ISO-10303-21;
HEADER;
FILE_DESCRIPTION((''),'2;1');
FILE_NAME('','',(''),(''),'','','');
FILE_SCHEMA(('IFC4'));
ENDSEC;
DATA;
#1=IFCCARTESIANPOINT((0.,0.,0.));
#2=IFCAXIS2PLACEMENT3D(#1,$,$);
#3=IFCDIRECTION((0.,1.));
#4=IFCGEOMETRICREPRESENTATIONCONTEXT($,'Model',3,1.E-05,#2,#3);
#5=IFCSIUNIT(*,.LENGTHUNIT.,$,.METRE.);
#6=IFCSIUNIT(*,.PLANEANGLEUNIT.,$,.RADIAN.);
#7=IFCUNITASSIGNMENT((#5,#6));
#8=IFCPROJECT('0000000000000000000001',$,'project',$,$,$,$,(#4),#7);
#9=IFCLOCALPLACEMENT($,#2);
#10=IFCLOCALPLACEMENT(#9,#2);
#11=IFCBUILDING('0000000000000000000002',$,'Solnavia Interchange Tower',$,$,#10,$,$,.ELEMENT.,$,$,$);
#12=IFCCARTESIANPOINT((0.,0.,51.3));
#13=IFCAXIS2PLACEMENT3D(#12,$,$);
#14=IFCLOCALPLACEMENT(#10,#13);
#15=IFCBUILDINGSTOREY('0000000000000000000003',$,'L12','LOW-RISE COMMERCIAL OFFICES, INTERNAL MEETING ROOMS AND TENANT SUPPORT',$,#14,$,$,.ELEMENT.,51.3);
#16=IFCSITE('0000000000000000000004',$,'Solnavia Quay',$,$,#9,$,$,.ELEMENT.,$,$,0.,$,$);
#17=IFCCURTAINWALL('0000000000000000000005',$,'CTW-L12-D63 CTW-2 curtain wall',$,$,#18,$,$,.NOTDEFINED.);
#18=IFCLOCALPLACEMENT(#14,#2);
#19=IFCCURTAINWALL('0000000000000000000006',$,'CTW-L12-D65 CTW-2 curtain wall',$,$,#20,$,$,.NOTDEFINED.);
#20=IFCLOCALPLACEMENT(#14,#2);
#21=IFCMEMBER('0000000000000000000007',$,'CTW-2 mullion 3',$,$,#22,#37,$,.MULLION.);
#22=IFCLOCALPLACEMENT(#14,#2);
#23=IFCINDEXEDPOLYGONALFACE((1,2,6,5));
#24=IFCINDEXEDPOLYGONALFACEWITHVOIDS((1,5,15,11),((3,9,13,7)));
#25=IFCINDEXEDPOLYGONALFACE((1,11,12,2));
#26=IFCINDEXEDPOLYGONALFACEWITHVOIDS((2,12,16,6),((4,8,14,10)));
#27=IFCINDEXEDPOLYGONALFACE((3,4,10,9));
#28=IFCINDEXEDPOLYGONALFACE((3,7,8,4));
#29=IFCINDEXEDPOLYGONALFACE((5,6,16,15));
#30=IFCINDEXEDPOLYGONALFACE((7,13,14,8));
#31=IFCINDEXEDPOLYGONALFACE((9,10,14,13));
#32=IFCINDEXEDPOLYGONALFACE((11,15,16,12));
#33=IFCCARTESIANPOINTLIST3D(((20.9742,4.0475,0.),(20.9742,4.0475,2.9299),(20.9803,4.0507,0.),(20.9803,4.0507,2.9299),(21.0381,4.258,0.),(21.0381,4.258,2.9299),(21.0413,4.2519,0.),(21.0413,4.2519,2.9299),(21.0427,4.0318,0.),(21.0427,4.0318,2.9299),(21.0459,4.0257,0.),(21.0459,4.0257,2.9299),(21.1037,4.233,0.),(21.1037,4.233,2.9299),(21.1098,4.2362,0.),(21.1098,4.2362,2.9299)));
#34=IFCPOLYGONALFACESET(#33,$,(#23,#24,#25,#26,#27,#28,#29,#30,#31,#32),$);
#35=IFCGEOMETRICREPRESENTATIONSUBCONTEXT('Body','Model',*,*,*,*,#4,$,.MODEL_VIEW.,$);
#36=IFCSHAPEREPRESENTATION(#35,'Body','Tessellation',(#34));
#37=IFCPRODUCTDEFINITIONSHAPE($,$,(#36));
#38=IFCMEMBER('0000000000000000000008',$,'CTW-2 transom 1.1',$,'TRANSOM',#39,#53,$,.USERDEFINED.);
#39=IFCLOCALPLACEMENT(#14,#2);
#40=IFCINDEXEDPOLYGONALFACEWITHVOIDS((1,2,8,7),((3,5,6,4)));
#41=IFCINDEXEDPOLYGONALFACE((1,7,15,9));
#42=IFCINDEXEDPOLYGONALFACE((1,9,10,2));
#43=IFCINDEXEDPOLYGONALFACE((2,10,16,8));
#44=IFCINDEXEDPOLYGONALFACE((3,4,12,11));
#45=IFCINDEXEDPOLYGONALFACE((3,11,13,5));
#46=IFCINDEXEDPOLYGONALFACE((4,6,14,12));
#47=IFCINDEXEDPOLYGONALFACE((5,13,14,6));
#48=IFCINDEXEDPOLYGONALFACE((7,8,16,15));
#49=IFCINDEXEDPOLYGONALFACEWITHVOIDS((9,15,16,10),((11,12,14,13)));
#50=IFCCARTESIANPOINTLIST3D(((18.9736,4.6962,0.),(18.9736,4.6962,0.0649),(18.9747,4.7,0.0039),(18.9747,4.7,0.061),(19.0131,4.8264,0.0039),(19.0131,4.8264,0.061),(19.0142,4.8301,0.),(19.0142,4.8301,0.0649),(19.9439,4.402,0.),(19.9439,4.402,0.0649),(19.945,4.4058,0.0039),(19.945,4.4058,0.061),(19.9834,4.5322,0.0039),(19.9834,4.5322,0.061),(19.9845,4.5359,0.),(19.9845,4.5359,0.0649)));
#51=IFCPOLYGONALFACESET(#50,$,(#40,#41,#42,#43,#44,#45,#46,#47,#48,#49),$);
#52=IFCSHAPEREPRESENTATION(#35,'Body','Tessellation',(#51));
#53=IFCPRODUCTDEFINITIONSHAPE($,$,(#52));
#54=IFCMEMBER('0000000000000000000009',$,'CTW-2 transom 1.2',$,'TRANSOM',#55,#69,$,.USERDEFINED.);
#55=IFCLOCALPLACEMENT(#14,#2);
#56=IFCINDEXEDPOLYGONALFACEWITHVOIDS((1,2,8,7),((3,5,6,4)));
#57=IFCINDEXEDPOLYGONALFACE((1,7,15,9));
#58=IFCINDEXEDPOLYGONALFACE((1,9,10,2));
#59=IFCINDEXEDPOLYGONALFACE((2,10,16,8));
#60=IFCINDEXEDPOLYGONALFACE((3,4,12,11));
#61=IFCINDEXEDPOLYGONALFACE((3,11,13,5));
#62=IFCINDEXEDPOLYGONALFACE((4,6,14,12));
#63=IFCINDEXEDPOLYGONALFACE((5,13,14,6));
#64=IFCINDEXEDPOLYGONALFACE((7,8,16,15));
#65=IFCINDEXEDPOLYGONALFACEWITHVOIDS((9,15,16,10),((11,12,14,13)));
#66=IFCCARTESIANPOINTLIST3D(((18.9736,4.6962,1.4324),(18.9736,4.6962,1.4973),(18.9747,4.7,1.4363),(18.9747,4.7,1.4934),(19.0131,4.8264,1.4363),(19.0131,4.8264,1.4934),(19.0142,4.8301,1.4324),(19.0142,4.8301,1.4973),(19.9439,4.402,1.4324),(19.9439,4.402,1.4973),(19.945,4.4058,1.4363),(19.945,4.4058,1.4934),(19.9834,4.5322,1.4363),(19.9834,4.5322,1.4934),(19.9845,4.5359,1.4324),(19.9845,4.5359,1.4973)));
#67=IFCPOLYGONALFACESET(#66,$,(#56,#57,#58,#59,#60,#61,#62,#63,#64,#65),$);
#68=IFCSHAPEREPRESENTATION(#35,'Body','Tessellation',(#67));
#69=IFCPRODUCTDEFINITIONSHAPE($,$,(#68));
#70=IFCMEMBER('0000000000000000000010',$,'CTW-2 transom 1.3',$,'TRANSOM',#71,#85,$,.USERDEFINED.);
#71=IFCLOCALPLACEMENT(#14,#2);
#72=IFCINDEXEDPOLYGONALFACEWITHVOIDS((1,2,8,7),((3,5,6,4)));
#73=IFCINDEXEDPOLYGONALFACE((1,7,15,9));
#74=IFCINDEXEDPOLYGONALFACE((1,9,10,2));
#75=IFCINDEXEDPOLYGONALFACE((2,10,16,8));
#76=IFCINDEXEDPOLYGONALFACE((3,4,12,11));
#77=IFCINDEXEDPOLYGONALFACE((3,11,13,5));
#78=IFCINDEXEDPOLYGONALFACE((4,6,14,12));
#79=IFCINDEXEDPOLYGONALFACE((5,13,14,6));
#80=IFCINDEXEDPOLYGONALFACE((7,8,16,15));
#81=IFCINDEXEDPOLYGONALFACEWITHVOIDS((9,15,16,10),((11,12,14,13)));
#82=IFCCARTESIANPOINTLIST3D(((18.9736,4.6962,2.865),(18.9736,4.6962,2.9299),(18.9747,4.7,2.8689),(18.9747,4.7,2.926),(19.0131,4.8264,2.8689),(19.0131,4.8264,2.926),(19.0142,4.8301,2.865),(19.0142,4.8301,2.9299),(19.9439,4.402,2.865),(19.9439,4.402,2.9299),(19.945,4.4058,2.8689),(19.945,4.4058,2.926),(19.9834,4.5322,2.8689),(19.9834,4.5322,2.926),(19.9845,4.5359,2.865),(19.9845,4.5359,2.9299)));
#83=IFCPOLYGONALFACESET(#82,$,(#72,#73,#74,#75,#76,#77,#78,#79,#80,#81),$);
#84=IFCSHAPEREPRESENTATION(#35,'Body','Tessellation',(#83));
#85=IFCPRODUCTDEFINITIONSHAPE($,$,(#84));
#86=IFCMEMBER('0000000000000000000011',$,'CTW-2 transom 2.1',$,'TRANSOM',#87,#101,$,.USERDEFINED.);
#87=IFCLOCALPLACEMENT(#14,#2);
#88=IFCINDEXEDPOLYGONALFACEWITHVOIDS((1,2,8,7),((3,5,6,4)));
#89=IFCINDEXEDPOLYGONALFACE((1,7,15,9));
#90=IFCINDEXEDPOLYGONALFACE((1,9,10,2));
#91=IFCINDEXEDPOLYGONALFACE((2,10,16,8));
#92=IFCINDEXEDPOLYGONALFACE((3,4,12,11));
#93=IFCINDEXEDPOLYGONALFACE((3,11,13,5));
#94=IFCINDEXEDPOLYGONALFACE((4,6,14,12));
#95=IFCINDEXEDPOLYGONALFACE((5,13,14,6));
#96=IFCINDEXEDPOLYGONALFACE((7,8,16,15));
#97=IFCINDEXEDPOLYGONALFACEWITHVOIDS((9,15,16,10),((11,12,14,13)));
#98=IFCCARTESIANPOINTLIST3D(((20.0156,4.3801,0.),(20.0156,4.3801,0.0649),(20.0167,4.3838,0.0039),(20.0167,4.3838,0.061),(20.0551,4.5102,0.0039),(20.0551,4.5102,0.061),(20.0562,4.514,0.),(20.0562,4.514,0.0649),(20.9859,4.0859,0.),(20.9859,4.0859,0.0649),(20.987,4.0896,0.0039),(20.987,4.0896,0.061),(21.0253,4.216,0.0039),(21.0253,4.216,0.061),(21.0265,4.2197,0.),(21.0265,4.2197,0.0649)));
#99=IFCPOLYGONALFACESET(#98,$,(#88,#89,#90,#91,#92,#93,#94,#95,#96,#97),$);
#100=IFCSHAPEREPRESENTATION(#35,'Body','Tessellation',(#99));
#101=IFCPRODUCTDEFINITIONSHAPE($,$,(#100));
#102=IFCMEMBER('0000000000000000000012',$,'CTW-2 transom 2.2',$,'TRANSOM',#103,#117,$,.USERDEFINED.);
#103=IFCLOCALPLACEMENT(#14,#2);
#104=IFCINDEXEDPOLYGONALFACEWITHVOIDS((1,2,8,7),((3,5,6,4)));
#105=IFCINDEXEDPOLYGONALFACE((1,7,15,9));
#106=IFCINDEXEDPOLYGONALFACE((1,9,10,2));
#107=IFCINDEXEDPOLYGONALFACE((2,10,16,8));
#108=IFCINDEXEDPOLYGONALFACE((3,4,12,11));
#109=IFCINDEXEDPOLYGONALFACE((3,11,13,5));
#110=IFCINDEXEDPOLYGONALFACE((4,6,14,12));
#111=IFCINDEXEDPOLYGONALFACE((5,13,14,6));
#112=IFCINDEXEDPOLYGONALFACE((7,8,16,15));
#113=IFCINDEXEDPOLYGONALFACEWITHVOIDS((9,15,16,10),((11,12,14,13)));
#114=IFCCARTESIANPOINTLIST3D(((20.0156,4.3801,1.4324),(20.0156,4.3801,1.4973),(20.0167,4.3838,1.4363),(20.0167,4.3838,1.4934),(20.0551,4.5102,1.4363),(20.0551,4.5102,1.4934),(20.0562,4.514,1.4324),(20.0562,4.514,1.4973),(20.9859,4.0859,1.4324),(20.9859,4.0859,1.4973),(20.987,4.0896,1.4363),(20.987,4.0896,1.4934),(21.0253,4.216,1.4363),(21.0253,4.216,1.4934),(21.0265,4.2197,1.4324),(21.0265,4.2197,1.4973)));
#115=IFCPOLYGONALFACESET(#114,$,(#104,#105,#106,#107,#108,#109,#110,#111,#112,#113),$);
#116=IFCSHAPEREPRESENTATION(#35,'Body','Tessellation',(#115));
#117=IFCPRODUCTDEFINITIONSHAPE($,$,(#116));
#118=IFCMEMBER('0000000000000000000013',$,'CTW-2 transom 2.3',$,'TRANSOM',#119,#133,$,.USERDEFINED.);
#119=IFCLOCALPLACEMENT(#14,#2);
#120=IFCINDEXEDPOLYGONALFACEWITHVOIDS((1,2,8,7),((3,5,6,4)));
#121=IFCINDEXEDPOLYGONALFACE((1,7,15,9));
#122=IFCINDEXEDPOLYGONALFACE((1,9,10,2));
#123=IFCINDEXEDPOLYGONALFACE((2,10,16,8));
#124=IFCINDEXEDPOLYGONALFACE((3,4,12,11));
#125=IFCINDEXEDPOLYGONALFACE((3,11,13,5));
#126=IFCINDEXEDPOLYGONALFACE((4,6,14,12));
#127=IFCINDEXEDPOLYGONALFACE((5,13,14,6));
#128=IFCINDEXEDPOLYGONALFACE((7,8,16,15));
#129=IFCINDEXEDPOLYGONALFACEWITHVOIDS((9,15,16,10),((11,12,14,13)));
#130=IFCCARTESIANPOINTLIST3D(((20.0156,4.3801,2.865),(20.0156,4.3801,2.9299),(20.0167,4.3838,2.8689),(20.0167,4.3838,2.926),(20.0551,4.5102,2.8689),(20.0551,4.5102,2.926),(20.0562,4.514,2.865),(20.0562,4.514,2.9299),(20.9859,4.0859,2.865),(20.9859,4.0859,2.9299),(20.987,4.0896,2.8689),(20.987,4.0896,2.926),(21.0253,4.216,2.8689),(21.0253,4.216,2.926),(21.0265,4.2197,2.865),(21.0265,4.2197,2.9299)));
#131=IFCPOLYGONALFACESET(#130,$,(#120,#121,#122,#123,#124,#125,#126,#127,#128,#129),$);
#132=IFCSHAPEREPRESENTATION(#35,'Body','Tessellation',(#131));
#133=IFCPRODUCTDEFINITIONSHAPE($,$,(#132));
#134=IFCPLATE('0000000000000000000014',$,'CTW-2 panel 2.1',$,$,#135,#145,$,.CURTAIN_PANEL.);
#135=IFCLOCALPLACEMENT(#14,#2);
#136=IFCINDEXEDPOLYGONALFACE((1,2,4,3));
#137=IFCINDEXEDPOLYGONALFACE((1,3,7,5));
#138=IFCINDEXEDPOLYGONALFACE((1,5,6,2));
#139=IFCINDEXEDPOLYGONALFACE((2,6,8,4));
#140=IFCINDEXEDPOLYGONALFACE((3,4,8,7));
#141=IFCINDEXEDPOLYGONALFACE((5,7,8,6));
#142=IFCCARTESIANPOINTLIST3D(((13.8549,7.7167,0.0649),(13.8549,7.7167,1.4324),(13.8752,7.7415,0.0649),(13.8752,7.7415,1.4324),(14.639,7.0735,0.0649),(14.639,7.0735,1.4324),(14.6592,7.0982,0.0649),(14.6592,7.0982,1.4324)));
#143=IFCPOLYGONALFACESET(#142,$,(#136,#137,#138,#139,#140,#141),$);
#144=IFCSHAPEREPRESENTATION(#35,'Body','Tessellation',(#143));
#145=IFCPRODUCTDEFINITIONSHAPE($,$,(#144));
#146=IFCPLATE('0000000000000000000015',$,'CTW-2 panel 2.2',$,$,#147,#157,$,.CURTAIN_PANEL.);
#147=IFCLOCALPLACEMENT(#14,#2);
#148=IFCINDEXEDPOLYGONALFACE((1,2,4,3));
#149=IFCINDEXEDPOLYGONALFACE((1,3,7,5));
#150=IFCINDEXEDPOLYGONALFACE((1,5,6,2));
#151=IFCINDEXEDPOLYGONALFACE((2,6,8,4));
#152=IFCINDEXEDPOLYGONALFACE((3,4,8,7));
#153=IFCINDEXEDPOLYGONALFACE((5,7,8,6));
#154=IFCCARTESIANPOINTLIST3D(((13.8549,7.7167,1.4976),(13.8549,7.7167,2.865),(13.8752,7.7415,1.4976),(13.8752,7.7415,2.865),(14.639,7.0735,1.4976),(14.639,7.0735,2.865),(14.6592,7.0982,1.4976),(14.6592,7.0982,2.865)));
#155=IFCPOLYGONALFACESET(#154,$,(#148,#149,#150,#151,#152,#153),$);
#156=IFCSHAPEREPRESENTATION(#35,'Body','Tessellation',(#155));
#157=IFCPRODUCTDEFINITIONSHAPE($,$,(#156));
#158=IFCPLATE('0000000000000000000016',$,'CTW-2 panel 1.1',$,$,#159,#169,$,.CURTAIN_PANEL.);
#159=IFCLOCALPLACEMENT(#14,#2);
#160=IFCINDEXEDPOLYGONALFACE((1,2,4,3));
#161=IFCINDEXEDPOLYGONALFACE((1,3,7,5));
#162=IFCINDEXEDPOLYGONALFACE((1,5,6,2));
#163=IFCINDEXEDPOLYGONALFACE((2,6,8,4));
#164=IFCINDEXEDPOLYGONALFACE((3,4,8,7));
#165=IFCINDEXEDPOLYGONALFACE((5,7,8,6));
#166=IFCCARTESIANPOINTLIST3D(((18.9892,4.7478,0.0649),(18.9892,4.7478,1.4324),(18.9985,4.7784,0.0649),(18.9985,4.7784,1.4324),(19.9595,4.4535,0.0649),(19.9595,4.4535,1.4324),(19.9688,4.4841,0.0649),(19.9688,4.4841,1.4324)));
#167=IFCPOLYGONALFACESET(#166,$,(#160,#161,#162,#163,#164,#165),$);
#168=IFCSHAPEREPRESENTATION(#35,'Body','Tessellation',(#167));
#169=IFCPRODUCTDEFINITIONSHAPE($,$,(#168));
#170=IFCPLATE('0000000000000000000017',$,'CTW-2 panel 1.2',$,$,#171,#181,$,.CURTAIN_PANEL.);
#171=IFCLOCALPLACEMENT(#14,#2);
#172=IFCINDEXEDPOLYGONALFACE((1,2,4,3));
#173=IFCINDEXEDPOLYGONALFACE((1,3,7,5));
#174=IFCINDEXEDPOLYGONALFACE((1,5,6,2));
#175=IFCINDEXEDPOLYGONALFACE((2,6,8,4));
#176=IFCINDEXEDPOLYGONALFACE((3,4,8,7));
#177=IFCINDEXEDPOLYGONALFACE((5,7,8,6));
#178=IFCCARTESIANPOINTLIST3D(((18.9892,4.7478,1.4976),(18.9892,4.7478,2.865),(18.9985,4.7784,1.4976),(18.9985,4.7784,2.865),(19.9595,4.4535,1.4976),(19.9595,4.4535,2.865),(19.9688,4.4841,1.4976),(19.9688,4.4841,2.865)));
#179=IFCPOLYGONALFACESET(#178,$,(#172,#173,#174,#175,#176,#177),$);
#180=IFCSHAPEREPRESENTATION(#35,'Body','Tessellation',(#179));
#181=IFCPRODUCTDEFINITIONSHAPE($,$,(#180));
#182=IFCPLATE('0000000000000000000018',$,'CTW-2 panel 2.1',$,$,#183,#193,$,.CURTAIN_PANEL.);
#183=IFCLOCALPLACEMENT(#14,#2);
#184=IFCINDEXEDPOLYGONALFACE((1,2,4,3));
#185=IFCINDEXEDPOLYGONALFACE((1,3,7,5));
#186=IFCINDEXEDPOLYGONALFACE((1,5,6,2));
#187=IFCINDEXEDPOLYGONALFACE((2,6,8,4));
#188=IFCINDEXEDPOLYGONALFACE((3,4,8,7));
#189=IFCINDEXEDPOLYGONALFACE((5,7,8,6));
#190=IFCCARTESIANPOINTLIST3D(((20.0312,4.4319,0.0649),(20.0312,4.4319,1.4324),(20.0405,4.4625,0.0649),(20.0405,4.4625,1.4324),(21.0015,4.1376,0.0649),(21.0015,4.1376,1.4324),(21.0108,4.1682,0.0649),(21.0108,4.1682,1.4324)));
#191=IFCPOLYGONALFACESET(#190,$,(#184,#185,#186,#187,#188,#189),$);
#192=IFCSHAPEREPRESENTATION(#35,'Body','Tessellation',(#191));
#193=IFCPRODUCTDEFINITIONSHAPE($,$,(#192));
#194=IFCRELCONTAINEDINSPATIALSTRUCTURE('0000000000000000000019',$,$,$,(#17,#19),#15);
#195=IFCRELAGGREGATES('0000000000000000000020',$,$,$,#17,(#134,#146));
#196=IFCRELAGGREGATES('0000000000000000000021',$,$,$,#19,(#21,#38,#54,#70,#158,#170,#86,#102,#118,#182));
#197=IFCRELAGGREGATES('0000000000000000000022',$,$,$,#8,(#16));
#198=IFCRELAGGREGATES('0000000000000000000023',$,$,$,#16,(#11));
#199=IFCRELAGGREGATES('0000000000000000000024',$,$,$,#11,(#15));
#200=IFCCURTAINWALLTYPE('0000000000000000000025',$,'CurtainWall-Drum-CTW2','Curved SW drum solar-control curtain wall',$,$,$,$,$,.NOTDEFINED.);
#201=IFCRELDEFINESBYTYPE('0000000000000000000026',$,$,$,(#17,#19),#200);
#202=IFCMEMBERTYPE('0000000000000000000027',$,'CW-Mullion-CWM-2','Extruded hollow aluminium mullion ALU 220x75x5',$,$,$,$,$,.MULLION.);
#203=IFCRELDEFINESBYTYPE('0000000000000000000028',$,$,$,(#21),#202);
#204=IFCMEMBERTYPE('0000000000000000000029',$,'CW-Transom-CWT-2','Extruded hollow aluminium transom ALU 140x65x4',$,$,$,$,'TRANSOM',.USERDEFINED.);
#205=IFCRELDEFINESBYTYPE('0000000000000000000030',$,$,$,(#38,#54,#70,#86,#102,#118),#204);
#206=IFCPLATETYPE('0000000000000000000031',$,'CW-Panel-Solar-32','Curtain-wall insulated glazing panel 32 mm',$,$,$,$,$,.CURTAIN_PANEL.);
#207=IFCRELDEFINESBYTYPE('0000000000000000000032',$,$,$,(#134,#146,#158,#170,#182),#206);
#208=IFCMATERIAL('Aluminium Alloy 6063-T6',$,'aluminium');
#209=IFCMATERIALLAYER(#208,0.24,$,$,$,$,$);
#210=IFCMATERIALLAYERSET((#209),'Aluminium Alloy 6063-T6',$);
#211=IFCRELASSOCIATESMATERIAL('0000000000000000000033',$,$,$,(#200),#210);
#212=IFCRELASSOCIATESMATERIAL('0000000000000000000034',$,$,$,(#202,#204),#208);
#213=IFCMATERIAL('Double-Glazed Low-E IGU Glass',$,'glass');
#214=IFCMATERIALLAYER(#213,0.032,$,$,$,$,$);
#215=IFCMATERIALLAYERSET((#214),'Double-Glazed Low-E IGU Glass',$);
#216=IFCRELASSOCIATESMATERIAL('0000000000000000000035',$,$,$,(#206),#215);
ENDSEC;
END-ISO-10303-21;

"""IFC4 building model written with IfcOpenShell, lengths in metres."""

from ifc_helpers import new_model, si_unit, direction, frame, origin, origin_2d, place, context, subcontext, project, spatial, rectangle, hollow_rectangle, extrude, material, layer, layer_set, material_profile, profile_set, type_object, element, aggregate, save


model = new_model("IFC4")

# Units and contexts
model_context = context("Model", 3, precision=1e-05, world=origin(), true_north=direction((0.0, 1.0)))
body_context = subcontext(model_context, "Body", "Model", "MODEL_VIEW")
ifc_project = project(units=[si_unit("LENGTHUNIT", "METRE"), si_unit("PLANEANGLEUNIT", "RADIAN")], contexts=[model_context])

# Site, building, storey
site_placement = place(None, origin())
site = spatial("IfcSite", under=ifc_project, at=site_placement, Name="Solnavia Quay", CompositionType="ELEMENT", RefElevation=0.0)
building_placement = place(site_placement, origin())
building = spatial("IfcBuilding", under=site, at=building_placement, Name="Solnavia Interchange Tower", CompositionType="ELEMENT")
storey_placement = place(building_placement, frame((0.0, 0.0, 51.3)))
storey = spatial("IfcBuildingStorey", under=building, at=storey_placement, Name="L12", Description="LOW-RISE COMMERCIAL OFFICES, INTERNAL MEETING ROOMS AND TENANT SUPPORT", CompositionType="ELEMENT", Elevation=51.3)

# Curtain wall
ifc_material_1 = material(Name="Aluminium Alloy 6063-T6", Category="aluminium")
ifc_layer_1 = layer(ifc_material_1, 0.24)
ifc_layer_set_1 = layer_set([ifc_layer_1], Name="Aluminium Alloy 6063-T6")
curtain_wall_type = type_object("IfcCurtainWallType", Name="CurtainWall-Drum-CTW2", Description="Curved SW drum solar-control curtain wall", PredefinedType="NOTDEFINED", material=ifc_layer_set_1)
curtain_wall_1_placement = place(storey_placement, origin())
curtain_wall_1 = element("IfcCurtainWall", 1, at=curtain_wall_1_placement, inside=storey, type_object=curtain_wall_type, Name="CTW-L12-D63 CTW-2 curtain wall", PredefinedType="NOTDEFINED")
ifc_material_profile_1 = material_profile(ifc_material_1, hollow_rectangle(XDim=0.075, YDim=0.22, WallThickness=0.0049, at=origin_2d()), Name="ALU 220x75x5")
ifc_profile_set_1 = profile_set([ifc_material_profile_1], Name="Aluminium Alloy 6063-T6")
member_type_1 = type_object("IfcMemberType", Name="CW-Mullion-CWM-2", Description="Extruded hollow aluminium mullion ALU 220x75x5", PredefinedType="MULLION", material=ifc_profile_set_1)

# Curtain wall, members
curtain_wall_2_placement = place(storey_placement, origin())
curtain_wall_2 = element("IfcCurtainWall", 2, at=curtain_wall_2_placement, inside=storey, type_object=curtain_wall_type, Name="CTW-L12-D65 CTW-2 curtain wall", PredefinedType="NOTDEFINED")
member_1_placement = place(storey_placement, frame((21.042, 4.1418, 0.0), z_axis=(0.0, 0.0, 1.0), x_axis=(0.956935, -0.290303, 0.0)))
member_1 = element("IfcMember", 3, at=member_1_placement, type_object=member_type_1, Name="CTW-2 mullion 3", PredefinedType="MULLION", context=body_context, shape_type="SweptSolid", body=[
    extrude(hollow_rectangle(XDim=0.075, YDim=0.22, WallThickness=0.0049, at=origin_2d()), origin(), (0.0, 0.0, 1.0), 2.9299),
])
ifc_material_profile_2 = material_profile(ifc_material_1, hollow_rectangle(XDim=0.0649, YDim=0.1399, WallThickness=0.0039, at=origin_2d()), Name="ALU 140x65x4")
ifc_profile_set_2 = profile_set([ifc_material_profile_2], Name="Aluminium Alloy 6063-T6")
member_type_2 = type_object("IfcMemberType", Name="CW-Transom-CWT-2", Description="Extruded hollow aluminium transom ALU 140x65x4", ElementType="TRANSOM", PredefinedType="USERDEFINED", material=ifc_profile_set_2)
member_2_placement = place(storey_placement, frame((18.9939, 4.7632, 0.0325), z_axis=(0.956974, -0.290174, 0.0), x_axis=(0.0, 0.0, 1.0)))
member_2 = element("IfcMember", 4, at=member_2_placement, type_object=member_type_2, Name="CTW-2 transom 1.1", ObjectType="TRANSOM", PredefinedType="USERDEFINED", context=body_context, shape_type="SweptSolid", body=[
    extrude(hollow_rectangle(XDim=0.0649, YDim=0.1399, WallThickness=0.0039, at=origin_2d()), origin(), (0.0, 0.0, 1.0), 1.0139),
])
member_3_placement = place(storey_placement, frame((18.9939, 4.7632, 1.4648), z_axis=(0.956974, -0.290174, 0.0), x_axis=(0.0, 0.0, 1.0)))
member_3 = element("IfcMember", 5, at=member_3_placement, type_object=member_type_2, Name="CTW-2 transom 1.2", ObjectType="TRANSOM", PredefinedType="USERDEFINED", context=body_context, shape_type="SweptSolid", body=[
    extrude(hollow_rectangle(XDim=0.0649, YDim=0.1399, WallThickness=0.0039, at=origin_2d()), origin(), (0.0, 0.0, 1.0), 1.0139),
])
member_4_placement = place(storey_placement, frame((18.9939, 4.7632, 2.8975), z_axis=(0.956974, -0.290174, 0.0), x_axis=(0.0, 0.0, 1.0)))
member_4 = element("IfcMember", 6, at=member_4_placement, type_object=member_type_2, Name="CTW-2 transom 1.3", ObjectType="TRANSOM", PredefinedType="USERDEFINED", context=body_context, shape_type="SweptSolid", body=[
    extrude(hollow_rectangle(XDim=0.0649, YDim=0.1399, WallThickness=0.0039, at=origin_2d()), origin(), (0.0, 0.0, 1.0), 1.0139),
])
member_5_placement = place(storey_placement, frame((20.0359, 4.447, 0.0325), z_axis=(0.956974, -0.290174, 0.0), x_axis=(0.0, 0.0, 1.0)))
member_5 = element("IfcMember", 7, at=member_5_placement, type_object=member_type_2, Name="CTW-2 transom 2.1", ObjectType="TRANSOM", PredefinedType="USERDEFINED", context=body_context, shape_type="SweptSolid", body=[
    extrude(hollow_rectangle(XDim=0.0649, YDim=0.1399, WallThickness=0.0039, at=origin_2d()), origin(), (0.0, 0.0, 1.0), 1.0139),
])
member_6_placement = place(storey_placement, frame((20.0359, 4.447, 1.4648), z_axis=(0.956974, -0.290174, 0.0), x_axis=(0.0, 0.0, 1.0)))
member_6 = element("IfcMember", 8, at=member_6_placement, type_object=member_type_2, Name="CTW-2 transom 2.2", ObjectType="TRANSOM", PredefinedType="USERDEFINED", context=body_context, shape_type="SweptSolid", body=[
    extrude(hollow_rectangle(XDim=0.0649, YDim=0.1399, WallThickness=0.0039, at=origin_2d()), origin(), (0.0, 0.0, 1.0), 1.0139),
])
member_7_placement = place(storey_placement, frame((20.0359, 4.447, 2.8975), z_axis=(0.956974, -0.290174, 0.0), x_axis=(0.0, 0.0, 1.0)))
member_7 = element("IfcMember", 9, at=member_7_placement, type_object=member_type_2, Name="CTW-2 transom 2.3", ObjectType="TRANSOM", PredefinedType="USERDEFINED", context=body_context, shape_type="SweptSolid", body=[
    extrude(hollow_rectangle(XDim=0.0649, YDim=0.1399, WallThickness=0.0039, at=origin_2d()), origin(), (0.0, 0.0, 1.0), 1.0139),
])

# Plates
ifc_material_2 = material(Name="Double-Glazed Low-E IGU Glass", Category="glass")
ifc_layer_2 = layer(ifc_material_2, 0.032)
ifc_layer_set_2 = layer_set([ifc_layer_2], Name="Double-Glazed Low-E IGU Glass")
plate_type = type_object("IfcPlateType", Name="CW-Panel-Solar-32", Description="Curtain-wall insulated glazing panel 32 mm", PredefinedType="CURTAIN_PANEL", material=ifc_layer_set_2)
plate_1_placement = place(storey_placement, frame((14.2571, 7.4075, 0.0649), z_axis=(0.0, 0.0, 1.0), x_axis=(0.773095, -0.634291, 0.0)))
plate_1 = element("IfcPlate", 10, at=plate_1_placement, type_object=plate_type, Name="CTW-2 panel 2.1", PredefinedType="CURTAIN_PANEL", context=body_context, shape_type="SweptSolid", body=[
    extrude(rectangle(XDim=1.0142, YDim=0.032, at=origin_2d()), origin(), (0.0, 0.0, 1.0), 1.3674),
])
plate_2_placement = place(storey_placement, frame((14.2571, 7.4075, 1.4976), z_axis=(0.0, 0.0, 1.0), x_axis=(0.773095, -0.634291, 0.0)))
plate_2 = element("IfcPlate", 11, at=plate_2_placement, type_object=plate_type, Name="CTW-2 panel 2.2", PredefinedType="CURTAIN_PANEL", context=body_context, shape_type="SweptSolid", body=[
    extrude(rectangle(XDim=1.0142, YDim=0.032, at=origin_2d()), origin(), (0.0, 0.0, 1.0), 1.3674),
])
aggregate(curtain_wall_1, [plate_1, plate_2])
plate_3_placement = place(storey_placement, frame((19.479, 4.616, 0.0649), z_axis=(0.0, 0.0, 1.0), x_axis=(0.956935, -0.290303, 0.0)))
plate_3 = element("IfcPlate", 12, at=plate_3_placement, type_object=plate_type, Name="CTW-2 panel 1.1", PredefinedType="CURTAIN_PANEL", context=body_context, shape_type="SweptSolid", body=[
    extrude(rectangle(XDim=1.0139, YDim=0.032, at=origin_2d()), origin(), (0.0, 0.0, 1.0), 1.3674),
])
plate_4_placement = place(storey_placement, frame((19.479, 4.616, 1.4976), z_axis=(0.0, 0.0, 1.0), x_axis=(0.956935, -0.290303, 0.0)))
plate_4 = element("IfcPlate", 13, at=plate_4_placement, type_object=plate_type, Name="CTW-2 panel 1.2", PredefinedType="CURTAIN_PANEL", context=body_context, shape_type="SweptSolid", body=[
    extrude(rectangle(XDim=1.0139, YDim=0.032, at=origin_2d()), origin(), (0.0, 0.0, 1.0), 1.3674),
])
plate_5_placement = place(storey_placement, frame((20.521, 4.3, 0.0649), z_axis=(0.0, 0.0, 1.0), x_axis=(0.956935, -0.290303, 0.0)))
plate_5 = element("IfcPlate", 14, at=plate_5_placement, type_object=plate_type, Name="CTW-2 panel 2.1", PredefinedType="CURTAIN_PANEL", context=body_context, shape_type="SweptSolid", body=[
    extrude(rectangle(XDim=1.0139, YDim=0.032, at=origin_2d()), origin(), (0.0, 0.0, 1.0), 1.3674),
])
aggregate(curtain_wall_2, [member_1, member_2, member_3, member_4, plate_3, plate_4, member_5, member_6, member_7, plate_5])

save(model, "model.ifc")
